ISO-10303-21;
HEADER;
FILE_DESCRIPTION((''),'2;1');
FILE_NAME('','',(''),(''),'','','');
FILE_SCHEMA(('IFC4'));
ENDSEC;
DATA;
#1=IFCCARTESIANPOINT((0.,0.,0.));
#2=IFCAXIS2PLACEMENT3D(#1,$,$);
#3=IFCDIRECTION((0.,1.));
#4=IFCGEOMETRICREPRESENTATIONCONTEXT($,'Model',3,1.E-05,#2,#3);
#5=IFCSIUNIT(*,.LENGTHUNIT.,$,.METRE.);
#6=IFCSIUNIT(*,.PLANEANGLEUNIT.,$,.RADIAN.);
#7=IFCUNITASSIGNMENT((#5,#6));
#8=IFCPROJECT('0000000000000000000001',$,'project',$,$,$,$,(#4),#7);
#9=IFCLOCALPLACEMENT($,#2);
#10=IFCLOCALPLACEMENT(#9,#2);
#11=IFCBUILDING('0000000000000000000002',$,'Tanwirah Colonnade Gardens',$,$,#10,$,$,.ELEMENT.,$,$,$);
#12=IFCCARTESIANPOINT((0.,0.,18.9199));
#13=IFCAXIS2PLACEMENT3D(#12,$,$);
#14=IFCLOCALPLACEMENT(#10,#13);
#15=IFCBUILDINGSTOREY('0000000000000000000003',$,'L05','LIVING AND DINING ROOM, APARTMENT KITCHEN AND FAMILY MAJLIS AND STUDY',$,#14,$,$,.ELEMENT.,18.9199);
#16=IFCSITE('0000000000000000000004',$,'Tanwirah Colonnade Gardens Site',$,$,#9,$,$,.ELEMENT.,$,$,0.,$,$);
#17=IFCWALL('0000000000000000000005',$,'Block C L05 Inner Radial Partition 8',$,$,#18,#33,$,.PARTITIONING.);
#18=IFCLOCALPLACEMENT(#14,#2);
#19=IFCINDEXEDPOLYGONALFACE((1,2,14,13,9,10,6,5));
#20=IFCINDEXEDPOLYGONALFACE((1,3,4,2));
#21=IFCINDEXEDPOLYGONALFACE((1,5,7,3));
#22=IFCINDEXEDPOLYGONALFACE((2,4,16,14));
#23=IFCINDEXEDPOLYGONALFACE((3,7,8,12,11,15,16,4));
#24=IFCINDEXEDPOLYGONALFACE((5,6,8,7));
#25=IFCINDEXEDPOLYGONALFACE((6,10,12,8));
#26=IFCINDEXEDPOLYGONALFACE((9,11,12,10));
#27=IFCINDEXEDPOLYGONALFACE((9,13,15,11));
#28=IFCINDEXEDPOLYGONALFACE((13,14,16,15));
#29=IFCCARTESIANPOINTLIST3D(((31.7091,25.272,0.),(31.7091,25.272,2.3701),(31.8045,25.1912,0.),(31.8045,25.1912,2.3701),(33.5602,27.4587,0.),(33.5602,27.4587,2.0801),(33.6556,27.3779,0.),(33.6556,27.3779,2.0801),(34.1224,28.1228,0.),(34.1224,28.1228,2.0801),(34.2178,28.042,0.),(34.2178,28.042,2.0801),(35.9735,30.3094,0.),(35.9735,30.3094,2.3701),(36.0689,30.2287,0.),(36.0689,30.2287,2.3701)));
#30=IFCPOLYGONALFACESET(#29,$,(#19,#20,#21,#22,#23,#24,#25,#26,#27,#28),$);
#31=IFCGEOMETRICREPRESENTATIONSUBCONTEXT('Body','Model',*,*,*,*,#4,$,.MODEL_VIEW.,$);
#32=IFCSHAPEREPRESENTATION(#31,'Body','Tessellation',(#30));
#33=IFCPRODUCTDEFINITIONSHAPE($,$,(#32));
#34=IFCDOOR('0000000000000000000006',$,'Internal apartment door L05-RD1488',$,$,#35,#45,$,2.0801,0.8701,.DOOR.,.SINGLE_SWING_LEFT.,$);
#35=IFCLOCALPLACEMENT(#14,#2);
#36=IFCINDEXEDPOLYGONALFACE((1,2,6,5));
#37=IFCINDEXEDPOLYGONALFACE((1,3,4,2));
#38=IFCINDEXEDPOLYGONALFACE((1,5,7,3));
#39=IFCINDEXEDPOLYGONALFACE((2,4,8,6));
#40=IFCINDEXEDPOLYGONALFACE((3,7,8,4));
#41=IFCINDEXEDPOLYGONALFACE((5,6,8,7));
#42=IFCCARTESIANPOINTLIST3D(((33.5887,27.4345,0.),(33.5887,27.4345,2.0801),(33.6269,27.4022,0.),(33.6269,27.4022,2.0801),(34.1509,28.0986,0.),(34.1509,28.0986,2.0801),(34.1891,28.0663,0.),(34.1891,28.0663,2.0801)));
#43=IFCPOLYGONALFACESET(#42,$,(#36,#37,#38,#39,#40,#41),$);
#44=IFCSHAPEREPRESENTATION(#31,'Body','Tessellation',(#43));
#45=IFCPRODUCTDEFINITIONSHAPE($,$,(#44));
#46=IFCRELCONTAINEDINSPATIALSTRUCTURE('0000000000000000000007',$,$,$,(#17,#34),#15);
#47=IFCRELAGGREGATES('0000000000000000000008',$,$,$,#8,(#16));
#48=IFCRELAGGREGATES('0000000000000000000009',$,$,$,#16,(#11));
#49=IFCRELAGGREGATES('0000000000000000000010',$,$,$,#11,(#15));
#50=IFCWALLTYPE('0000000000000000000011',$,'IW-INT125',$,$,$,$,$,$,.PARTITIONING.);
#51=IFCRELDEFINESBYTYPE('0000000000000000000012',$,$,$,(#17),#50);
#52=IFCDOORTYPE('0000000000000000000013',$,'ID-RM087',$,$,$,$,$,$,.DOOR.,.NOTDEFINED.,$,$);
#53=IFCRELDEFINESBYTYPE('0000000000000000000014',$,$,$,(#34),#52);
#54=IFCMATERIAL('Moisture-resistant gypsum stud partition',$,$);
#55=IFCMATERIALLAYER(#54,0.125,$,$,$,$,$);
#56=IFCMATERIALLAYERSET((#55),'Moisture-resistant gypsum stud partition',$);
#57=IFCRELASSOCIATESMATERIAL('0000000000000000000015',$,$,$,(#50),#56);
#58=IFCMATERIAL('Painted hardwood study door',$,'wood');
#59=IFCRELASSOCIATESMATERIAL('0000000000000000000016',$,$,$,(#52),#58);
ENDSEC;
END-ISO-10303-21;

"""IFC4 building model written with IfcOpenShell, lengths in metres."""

from ifc_helpers import new_model, si_unit, direction, frame, frame_2d, origin, place, context, subcontext, project, spatial, rectangle, extrude, material, layer, layer_set, type_object, element, fill, save


model = new_model("IFC4")

# Units and contexts
model_context = context("Model", 3, precision=1e-05, world=origin(), true_north=direction((0.0, 1.0)))
body_context = subcontext(model_context, "Body", "Model", "MODEL_VIEW")
ifc_project = project(units=[si_unit("LENGTHUNIT", "METRE"), si_unit("PLANEANGLEUNIT", "RADIAN")], contexts=[model_context])

# Site, building, storey
site_placement = place(None, origin())
site = spatial("IfcSite", under=ifc_project, at=site_placement, Name="Tanwirah Colonnade Gardens Site", CompositionType="ELEMENT", RefElevation=0.0)
building_placement = place(site_placement, origin())
building = spatial("IfcBuilding", under=site, at=building_placement, Name="Tanwirah Colonnade Gardens", CompositionType="ELEMENT")
storey_placement = place(building_placement, frame((0.0, 0.0, 18.9199)))
storey = spatial("IfcBuildingStorey", under=building, at=storey_placement, Name="L05", Description="LIVING AND DINING ROOM, APARTMENT KITCHEN AND FAMILY MAJLIS AND STUDY", CompositionType="ELEMENT", Elevation=18.9199)

# Wall, opening, door
ifc_material_1 = material(Name="Moisture-resistant gypsum stud partition")
ifc_layer_1 = layer(ifc_material_1, 0.125)
ifc_layer_set_1 = layer_set([ifc_layer_1], Name="Moisture-resistant gypsum stud partition")
wall_type = type_object("IfcWallType", Name="IW-INT125", PredefinedType="PARTITIONING", material=ifc_layer_set_1)
wall_1_placement = place(storey_placement, frame((36.0212, 30.269, 0.0), z_axis=(0.0, 0.0, 1.0), x_axis=(-0.646121, -0.763235, 0.0)))
wall_1 = element("IfcWall", 1, at=wall_1_placement, inside=storey, type_object=wall_type, Name="Block C L05 Inner Radial Partition 8", PredefinedType="PARTITIONING", context=body_context, shape_type="SweptSolid", body=[
    extrude(rectangle(XDim=6.6001, YDim=0.125, at=frame_2d((3.3, 0.0))), origin(), (0.0, 0.0, 1.0), 2.3701),
])
opening_1_placement = place(wall_1_placement, frame((2.865, 0.0, 0.0)))
opening_1 = element("IfcOpeningElement", 2, at=opening_1_placement, cuts=wall_1, PredefinedType="OPENING", context=body_context, shape_type="SweptSolid", body=[
    extrude(rectangle(XDim=0.8701, YDim=2.0801, at=frame_2d((0.4351, 1.04))), frame((0.0, 0.0725, 0.0), z_axis=(0.0, -1.0, 0.0), x_axis=(1.0, 0.0, 0.0)), (0.0, 0.0, 1.0), 0.145),
])
ifc_material_2 = material(Name="Painted hardwood study door", Category="wood")
door_type_1 = type_object("IfcDoorType", Name="ID-RM087", OperationType="NOTDEFINED", PredefinedType="DOOR", material=ifc_material_2)
door_1_placement = place(opening_1_placement, origin())
door_1 = element("IfcDoor", 3, at=door_1_placement, inside=storey, type_object=door_type_1, Name="Internal apartment door L05-RD1488", OperationType="SINGLE_SWING_LEFT", OverallHeight=2.0801, OverallWidth=0.8701, PredefinedType="DOOR", context=body_context, shape_type="SweptSolid", body=[
    extrude(rectangle(XDim=0.8701, YDim=2.0801, at=frame_2d((0.4351, 1.04))), frame((0.0, 0.0249, 0.0), z_axis=(0.0, -1.0, 0.0), x_axis=(1.0, 0.0, 0.0)), (0.0, 0.0, 1.0), 0.05),
])
fill(opening_1, door_1)

save(model, "model.ifc")
